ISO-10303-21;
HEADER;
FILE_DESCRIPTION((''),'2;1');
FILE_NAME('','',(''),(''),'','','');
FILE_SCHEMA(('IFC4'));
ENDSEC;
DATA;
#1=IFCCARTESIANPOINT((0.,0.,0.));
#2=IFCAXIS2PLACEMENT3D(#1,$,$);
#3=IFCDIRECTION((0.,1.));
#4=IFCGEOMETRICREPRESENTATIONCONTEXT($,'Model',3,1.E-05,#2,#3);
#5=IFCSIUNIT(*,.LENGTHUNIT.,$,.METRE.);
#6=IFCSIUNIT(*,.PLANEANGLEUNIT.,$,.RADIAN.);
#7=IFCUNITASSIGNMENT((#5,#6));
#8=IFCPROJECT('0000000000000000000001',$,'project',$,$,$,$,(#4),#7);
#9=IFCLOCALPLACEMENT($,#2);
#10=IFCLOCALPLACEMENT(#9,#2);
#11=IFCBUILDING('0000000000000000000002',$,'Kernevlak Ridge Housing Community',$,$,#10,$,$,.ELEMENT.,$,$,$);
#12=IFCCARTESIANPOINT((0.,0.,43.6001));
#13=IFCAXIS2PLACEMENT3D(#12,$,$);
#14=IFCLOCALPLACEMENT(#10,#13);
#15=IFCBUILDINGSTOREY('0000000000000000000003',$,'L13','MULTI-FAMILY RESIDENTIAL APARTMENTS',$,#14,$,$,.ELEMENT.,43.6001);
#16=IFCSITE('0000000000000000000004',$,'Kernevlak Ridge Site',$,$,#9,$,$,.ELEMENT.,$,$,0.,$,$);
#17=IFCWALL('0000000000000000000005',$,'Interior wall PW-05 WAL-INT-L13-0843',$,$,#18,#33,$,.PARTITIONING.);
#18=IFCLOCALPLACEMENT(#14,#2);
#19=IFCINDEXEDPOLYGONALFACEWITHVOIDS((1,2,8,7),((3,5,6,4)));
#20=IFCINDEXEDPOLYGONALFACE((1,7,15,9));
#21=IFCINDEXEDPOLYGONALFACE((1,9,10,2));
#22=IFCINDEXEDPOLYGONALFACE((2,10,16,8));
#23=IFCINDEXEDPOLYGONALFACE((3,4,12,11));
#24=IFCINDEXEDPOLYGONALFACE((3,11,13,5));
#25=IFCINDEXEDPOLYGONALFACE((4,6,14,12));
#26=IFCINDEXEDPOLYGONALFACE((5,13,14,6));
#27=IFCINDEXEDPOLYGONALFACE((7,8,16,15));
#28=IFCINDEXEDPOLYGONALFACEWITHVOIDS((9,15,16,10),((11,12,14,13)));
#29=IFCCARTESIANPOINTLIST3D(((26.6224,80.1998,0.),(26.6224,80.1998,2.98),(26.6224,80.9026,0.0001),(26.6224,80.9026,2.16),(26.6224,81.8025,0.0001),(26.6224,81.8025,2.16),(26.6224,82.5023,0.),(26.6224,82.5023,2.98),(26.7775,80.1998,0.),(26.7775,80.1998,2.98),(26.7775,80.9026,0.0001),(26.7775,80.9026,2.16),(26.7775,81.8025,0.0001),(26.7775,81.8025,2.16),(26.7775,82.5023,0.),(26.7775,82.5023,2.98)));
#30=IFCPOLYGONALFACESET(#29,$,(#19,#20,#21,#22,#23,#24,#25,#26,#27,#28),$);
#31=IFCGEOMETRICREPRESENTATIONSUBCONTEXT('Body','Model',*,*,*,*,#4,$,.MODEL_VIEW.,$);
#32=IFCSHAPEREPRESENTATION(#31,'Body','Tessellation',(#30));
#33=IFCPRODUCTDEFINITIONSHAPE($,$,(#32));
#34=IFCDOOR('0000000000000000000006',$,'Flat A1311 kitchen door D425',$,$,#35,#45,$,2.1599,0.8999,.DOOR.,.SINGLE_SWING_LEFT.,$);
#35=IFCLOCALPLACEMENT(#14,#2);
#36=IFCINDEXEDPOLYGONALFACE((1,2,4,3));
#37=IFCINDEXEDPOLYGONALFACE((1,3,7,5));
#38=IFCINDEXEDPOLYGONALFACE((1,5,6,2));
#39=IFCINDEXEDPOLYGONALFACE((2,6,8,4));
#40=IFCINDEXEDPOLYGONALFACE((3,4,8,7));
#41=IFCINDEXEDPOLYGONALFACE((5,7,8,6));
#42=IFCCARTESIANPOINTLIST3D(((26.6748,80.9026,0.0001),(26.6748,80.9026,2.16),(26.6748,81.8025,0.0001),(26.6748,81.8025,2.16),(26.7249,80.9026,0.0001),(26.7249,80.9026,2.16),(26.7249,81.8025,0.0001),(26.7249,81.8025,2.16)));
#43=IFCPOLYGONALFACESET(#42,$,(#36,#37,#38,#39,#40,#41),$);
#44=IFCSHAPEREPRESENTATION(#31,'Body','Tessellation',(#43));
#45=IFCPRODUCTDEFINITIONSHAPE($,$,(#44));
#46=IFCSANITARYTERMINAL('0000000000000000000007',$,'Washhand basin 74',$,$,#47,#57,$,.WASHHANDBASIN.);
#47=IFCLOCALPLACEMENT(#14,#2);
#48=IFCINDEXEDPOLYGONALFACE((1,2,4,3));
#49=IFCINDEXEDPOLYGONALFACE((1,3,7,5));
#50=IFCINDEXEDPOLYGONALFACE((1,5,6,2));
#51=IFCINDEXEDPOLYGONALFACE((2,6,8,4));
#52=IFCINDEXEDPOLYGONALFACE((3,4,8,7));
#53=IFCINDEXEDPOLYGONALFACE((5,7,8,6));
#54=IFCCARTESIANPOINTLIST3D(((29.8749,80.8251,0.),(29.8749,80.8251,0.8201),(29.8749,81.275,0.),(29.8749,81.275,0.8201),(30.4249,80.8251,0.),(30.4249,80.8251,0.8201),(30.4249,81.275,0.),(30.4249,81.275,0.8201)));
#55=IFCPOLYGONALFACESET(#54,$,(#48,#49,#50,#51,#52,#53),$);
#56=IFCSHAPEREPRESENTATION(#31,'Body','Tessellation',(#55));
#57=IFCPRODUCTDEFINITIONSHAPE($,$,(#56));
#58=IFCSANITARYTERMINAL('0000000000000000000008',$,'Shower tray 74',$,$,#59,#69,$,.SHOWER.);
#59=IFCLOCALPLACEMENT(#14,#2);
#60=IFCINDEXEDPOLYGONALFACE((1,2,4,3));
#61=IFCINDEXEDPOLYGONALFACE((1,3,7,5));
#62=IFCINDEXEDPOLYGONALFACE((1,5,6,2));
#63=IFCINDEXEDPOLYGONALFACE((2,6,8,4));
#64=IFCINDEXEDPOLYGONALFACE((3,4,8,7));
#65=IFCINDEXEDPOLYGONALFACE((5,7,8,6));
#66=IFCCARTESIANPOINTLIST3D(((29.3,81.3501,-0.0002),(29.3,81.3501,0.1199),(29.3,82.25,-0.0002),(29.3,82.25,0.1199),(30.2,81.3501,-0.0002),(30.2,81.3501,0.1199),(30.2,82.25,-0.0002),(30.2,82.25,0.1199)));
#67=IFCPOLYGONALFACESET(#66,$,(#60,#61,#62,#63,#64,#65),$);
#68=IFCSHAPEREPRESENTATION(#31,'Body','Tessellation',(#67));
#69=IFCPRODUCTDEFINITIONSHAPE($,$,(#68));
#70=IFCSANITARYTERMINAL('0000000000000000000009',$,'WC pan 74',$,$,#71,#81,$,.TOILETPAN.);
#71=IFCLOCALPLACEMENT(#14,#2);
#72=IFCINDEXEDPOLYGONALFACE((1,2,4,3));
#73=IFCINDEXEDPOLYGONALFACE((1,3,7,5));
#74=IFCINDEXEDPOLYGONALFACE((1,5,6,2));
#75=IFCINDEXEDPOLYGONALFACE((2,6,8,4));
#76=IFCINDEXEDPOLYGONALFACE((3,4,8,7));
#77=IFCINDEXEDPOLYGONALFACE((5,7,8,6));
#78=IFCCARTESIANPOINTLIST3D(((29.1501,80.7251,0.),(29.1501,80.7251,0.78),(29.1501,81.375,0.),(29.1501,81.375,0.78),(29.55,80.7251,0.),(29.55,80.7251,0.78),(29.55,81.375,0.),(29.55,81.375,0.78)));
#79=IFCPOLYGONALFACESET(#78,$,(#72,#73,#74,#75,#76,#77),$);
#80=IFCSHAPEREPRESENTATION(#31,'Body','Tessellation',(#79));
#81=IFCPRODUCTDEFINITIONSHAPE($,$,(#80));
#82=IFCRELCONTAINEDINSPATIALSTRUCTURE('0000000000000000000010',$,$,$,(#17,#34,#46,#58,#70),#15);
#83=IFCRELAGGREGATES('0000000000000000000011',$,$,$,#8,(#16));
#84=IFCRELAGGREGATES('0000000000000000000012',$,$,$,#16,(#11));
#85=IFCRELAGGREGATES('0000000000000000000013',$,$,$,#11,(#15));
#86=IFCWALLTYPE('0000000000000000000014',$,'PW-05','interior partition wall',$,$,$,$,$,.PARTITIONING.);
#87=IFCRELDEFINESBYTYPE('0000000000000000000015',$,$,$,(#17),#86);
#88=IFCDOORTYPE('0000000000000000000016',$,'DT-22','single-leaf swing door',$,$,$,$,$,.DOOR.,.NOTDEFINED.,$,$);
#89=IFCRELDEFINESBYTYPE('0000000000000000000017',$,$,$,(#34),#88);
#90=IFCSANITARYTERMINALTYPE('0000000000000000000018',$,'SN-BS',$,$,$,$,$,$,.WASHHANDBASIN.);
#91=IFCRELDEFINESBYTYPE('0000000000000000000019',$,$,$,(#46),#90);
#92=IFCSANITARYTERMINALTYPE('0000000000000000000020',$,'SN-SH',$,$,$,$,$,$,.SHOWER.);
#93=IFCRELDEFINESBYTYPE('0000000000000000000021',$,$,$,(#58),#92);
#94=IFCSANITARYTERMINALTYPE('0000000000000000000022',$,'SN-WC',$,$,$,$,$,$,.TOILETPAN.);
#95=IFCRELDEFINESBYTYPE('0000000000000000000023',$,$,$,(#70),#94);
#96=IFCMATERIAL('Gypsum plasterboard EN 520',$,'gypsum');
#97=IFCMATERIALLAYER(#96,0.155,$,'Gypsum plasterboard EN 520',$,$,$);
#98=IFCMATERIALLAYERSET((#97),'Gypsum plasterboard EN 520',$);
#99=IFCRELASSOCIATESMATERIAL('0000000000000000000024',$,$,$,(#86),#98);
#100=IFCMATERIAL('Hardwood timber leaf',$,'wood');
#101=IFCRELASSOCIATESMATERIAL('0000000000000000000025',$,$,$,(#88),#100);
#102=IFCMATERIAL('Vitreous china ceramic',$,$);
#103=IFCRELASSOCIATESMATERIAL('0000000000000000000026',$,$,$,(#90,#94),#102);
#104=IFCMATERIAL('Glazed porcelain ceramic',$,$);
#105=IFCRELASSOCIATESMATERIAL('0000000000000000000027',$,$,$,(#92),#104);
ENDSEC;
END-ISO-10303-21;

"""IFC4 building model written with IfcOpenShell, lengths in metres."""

from ifc_helpers import new_model, si_unit, direction, frame, frame_2d, origin, origin_2d, place, context, subcontext, project, spatial, rectangle, extrude, material, layer, layer_set, type_object, element, fill, save


model = new_model("IFC4")

# Units and contexts
model_context = context("Model", 3, precision=1e-05, world=origin(), true_north=direction((0.0, 1.0)))
body_context = subcontext(model_context, "Body", "Model", "MODEL_VIEW")
ifc_project = project(units=[si_unit("LENGTHUNIT", "METRE"), si_unit("PLANEANGLEUNIT", "RADIAN")], contexts=[model_context])

# Site, building, storey
site_placement = place(None, origin())
site = spatial("IfcSite", under=ifc_project, at=site_placement, Name="Kernevlak Ridge Site", CompositionType="ELEMENT", RefElevation=0.0)
building_placement = place(site_placement, origin())
building = spatial("IfcBuilding", under=site, at=building_placement, Name="Kernevlak Ridge Housing Community", CompositionType="ELEMENT")
storey_placement = place(building_placement, frame((0.0, 0.0, 43.6001)))
storey = spatial("IfcBuildingStorey", under=building, at=storey_placement, Name="L13", Description="MULTI-FAMILY RESIDENTIAL APARTMENTS", CompositionType="ELEMENT", Elevation=43.6001)

# Wall, opening, door
ifc_material_1 = material(Name="Gypsum plasterboard EN 520", Category="gypsum")
ifc_layer_1 = layer(ifc_material_1, 0.155, Name="Gypsum plasterboard EN 520")
ifc_layer_set_1 = layer_set([ifc_layer_1], Name="Gypsum plasterboard EN 520")
wall_type_1 = type_object("IfcWallType", Name="PW-05", Description="interior partition wall", PredefinedType="PARTITIONING", material=ifc_layer_set_1)
wall_1_placement = place(storey_placement, frame((26.7, 82.5024, 0.0), z_axis=(0.0, 0.0, 1.0), x_axis=(0.0, -1.0, 0.0)))
wall_1 = element("IfcWall", 1, at=wall_1_placement, inside=storey, type_object=wall_type_1, Name="Interior wall PW-05 WAL-INT-L13-0843", PredefinedType="PARTITIONING", context=body_context, shape_type="SweptSolid", body=[
    extrude(rectangle(XDim=2.3025, YDim=0.155, at=frame_2d((1.1514, 0.0))), origin(), (0.0, 0.0, 1.0), 2.98),
])
opening_1_placement = place(wall_1_placement, frame((0.7, 0.0, 0.0)))
opening_1 = element("IfcOpeningElement", 2, at=opening_1_placement, cuts=wall_1, PredefinedType="OPENING", context=body_context, shape_type="SweptSolid", body=[
    extrude(rectangle(XDim=0.8999, YDim=2.1599, at=frame_2d((0.45, 1.0801))), frame((0.0, 0.0874, 0.0), z_axis=(0.0, -1.0, 0.0), x_axis=(1.0, 0.0, 0.0)), (0.0, 0.0, 1.0), 0.175),
])
ifc_material_2 = material(Name="Hardwood timber leaf", Category="wood")
door_type_1 = type_object("IfcDoorType", Name="DT-22", Description="single-leaf swing door", OperationType="NOTDEFINED", PredefinedType="DOOR", material=ifc_material_2)
door_1_placement = place(opening_1_placement, origin())
door_1 = element("IfcDoor", 3, at=door_1_placement, inside=storey, type_object=door_type_1, Name="Flat A1311 kitchen door D425", OperationType="SINGLE_SWING_LEFT", OverallHeight=2.1599, OverallWidth=0.8999, PredefinedType="DOOR", context=body_context, shape_type="SweptSolid", body=[
    extrude(rectangle(XDim=0.8999, YDim=2.1599, at=frame_2d((0.45, 1.0801))), frame((0.0, 0.0249, 0.0), z_axis=(0.0, -1.0, 0.0), x_axis=(1.0, 0.0, 0.0)), (0.0, 0.0, 1.0), 0.05),
])
fill(opening_1, door_1)

# Sanitary terminals
ifc_material_3 = material(Name="Vitreous china ceramic")
sanitary_terminal_type_1 = type_object("IfcSanitaryTerminalType", Name="SN-BS", PredefinedType="WASHHANDBASIN", material=ifc_material_3)
sanitary_terminal_1_placement = place(storey_placement, frame((30.1499, 81.05, 0.0), z_axis=(0.0, 0.0, 1.0), x_axis=(1.0, 0.0, 0.0)))
element("IfcSanitaryTerminal", 4, at=sanitary_terminal_1_placement, inside=storey, type_object=sanitary_terminal_type_1, Name="Washhand basin 74", PredefinedType="WASHHANDBASIN", context=body_context, shape_type="SweptSolid", body=[
    extrude(rectangle(XDim=0.55, YDim=0.45, at=origin_2d()), origin(), (0.0, 0.0, 1.0), 0.8201),
])
ifc_material_4 = material(Name="Glazed porcelain ceramic")
sanitary_terminal_type_2 = type_object("IfcSanitaryTerminalType", Name="SN-SH", PredefinedType="SHOWER", material=ifc_material_4)
sanitary_terminal_2_placement = place(storey_placement, frame((29.75, 81.8, -0.0002), z_axis=(0.0, 0.0, 1.0), x_axis=(1.0, 0.0, 0.0)))
element("IfcSanitaryTerminal", 5, at=sanitary_terminal_2_placement, inside=storey, type_object=sanitary_terminal_type_2, Name="Shower tray 74", PredefinedType="SHOWER", context=body_context, shape_type="SweptSolid", body=[
    extrude(rectangle(XDim=0.8999, YDim=0.8999, at=origin_2d()), origin(), (0.0, 0.0, 1.0), 0.1201),
])
sanitary_terminal_type_3 = type_object("IfcSanitaryTerminalType", Name="SN-WC", PredefinedType="TOILETPAN", material=ifc_material_3)
sanitary_terminal_3_placement = place(storey_placement, frame((29.3501, 81.05, 0.0), z_axis=(0.0, 0.0, 1.0), x_axis=(1.0, 0.0, 0.0)))
element("IfcSanitaryTerminal", 6, at=sanitary_terminal_3_placement, inside=storey, type_object=sanitary_terminal_type_3, Name="WC pan 74", PredefinedType="TOILETPAN", context=body_context, shape_type="SweptSolid", body=[
    extrude(rectangle(XDim=0.3999, YDim=0.6499, at=origin_2d()), origin(), (0.0, 0.0, 1.0), 0.78),
])

save(model, "model.ifc")
